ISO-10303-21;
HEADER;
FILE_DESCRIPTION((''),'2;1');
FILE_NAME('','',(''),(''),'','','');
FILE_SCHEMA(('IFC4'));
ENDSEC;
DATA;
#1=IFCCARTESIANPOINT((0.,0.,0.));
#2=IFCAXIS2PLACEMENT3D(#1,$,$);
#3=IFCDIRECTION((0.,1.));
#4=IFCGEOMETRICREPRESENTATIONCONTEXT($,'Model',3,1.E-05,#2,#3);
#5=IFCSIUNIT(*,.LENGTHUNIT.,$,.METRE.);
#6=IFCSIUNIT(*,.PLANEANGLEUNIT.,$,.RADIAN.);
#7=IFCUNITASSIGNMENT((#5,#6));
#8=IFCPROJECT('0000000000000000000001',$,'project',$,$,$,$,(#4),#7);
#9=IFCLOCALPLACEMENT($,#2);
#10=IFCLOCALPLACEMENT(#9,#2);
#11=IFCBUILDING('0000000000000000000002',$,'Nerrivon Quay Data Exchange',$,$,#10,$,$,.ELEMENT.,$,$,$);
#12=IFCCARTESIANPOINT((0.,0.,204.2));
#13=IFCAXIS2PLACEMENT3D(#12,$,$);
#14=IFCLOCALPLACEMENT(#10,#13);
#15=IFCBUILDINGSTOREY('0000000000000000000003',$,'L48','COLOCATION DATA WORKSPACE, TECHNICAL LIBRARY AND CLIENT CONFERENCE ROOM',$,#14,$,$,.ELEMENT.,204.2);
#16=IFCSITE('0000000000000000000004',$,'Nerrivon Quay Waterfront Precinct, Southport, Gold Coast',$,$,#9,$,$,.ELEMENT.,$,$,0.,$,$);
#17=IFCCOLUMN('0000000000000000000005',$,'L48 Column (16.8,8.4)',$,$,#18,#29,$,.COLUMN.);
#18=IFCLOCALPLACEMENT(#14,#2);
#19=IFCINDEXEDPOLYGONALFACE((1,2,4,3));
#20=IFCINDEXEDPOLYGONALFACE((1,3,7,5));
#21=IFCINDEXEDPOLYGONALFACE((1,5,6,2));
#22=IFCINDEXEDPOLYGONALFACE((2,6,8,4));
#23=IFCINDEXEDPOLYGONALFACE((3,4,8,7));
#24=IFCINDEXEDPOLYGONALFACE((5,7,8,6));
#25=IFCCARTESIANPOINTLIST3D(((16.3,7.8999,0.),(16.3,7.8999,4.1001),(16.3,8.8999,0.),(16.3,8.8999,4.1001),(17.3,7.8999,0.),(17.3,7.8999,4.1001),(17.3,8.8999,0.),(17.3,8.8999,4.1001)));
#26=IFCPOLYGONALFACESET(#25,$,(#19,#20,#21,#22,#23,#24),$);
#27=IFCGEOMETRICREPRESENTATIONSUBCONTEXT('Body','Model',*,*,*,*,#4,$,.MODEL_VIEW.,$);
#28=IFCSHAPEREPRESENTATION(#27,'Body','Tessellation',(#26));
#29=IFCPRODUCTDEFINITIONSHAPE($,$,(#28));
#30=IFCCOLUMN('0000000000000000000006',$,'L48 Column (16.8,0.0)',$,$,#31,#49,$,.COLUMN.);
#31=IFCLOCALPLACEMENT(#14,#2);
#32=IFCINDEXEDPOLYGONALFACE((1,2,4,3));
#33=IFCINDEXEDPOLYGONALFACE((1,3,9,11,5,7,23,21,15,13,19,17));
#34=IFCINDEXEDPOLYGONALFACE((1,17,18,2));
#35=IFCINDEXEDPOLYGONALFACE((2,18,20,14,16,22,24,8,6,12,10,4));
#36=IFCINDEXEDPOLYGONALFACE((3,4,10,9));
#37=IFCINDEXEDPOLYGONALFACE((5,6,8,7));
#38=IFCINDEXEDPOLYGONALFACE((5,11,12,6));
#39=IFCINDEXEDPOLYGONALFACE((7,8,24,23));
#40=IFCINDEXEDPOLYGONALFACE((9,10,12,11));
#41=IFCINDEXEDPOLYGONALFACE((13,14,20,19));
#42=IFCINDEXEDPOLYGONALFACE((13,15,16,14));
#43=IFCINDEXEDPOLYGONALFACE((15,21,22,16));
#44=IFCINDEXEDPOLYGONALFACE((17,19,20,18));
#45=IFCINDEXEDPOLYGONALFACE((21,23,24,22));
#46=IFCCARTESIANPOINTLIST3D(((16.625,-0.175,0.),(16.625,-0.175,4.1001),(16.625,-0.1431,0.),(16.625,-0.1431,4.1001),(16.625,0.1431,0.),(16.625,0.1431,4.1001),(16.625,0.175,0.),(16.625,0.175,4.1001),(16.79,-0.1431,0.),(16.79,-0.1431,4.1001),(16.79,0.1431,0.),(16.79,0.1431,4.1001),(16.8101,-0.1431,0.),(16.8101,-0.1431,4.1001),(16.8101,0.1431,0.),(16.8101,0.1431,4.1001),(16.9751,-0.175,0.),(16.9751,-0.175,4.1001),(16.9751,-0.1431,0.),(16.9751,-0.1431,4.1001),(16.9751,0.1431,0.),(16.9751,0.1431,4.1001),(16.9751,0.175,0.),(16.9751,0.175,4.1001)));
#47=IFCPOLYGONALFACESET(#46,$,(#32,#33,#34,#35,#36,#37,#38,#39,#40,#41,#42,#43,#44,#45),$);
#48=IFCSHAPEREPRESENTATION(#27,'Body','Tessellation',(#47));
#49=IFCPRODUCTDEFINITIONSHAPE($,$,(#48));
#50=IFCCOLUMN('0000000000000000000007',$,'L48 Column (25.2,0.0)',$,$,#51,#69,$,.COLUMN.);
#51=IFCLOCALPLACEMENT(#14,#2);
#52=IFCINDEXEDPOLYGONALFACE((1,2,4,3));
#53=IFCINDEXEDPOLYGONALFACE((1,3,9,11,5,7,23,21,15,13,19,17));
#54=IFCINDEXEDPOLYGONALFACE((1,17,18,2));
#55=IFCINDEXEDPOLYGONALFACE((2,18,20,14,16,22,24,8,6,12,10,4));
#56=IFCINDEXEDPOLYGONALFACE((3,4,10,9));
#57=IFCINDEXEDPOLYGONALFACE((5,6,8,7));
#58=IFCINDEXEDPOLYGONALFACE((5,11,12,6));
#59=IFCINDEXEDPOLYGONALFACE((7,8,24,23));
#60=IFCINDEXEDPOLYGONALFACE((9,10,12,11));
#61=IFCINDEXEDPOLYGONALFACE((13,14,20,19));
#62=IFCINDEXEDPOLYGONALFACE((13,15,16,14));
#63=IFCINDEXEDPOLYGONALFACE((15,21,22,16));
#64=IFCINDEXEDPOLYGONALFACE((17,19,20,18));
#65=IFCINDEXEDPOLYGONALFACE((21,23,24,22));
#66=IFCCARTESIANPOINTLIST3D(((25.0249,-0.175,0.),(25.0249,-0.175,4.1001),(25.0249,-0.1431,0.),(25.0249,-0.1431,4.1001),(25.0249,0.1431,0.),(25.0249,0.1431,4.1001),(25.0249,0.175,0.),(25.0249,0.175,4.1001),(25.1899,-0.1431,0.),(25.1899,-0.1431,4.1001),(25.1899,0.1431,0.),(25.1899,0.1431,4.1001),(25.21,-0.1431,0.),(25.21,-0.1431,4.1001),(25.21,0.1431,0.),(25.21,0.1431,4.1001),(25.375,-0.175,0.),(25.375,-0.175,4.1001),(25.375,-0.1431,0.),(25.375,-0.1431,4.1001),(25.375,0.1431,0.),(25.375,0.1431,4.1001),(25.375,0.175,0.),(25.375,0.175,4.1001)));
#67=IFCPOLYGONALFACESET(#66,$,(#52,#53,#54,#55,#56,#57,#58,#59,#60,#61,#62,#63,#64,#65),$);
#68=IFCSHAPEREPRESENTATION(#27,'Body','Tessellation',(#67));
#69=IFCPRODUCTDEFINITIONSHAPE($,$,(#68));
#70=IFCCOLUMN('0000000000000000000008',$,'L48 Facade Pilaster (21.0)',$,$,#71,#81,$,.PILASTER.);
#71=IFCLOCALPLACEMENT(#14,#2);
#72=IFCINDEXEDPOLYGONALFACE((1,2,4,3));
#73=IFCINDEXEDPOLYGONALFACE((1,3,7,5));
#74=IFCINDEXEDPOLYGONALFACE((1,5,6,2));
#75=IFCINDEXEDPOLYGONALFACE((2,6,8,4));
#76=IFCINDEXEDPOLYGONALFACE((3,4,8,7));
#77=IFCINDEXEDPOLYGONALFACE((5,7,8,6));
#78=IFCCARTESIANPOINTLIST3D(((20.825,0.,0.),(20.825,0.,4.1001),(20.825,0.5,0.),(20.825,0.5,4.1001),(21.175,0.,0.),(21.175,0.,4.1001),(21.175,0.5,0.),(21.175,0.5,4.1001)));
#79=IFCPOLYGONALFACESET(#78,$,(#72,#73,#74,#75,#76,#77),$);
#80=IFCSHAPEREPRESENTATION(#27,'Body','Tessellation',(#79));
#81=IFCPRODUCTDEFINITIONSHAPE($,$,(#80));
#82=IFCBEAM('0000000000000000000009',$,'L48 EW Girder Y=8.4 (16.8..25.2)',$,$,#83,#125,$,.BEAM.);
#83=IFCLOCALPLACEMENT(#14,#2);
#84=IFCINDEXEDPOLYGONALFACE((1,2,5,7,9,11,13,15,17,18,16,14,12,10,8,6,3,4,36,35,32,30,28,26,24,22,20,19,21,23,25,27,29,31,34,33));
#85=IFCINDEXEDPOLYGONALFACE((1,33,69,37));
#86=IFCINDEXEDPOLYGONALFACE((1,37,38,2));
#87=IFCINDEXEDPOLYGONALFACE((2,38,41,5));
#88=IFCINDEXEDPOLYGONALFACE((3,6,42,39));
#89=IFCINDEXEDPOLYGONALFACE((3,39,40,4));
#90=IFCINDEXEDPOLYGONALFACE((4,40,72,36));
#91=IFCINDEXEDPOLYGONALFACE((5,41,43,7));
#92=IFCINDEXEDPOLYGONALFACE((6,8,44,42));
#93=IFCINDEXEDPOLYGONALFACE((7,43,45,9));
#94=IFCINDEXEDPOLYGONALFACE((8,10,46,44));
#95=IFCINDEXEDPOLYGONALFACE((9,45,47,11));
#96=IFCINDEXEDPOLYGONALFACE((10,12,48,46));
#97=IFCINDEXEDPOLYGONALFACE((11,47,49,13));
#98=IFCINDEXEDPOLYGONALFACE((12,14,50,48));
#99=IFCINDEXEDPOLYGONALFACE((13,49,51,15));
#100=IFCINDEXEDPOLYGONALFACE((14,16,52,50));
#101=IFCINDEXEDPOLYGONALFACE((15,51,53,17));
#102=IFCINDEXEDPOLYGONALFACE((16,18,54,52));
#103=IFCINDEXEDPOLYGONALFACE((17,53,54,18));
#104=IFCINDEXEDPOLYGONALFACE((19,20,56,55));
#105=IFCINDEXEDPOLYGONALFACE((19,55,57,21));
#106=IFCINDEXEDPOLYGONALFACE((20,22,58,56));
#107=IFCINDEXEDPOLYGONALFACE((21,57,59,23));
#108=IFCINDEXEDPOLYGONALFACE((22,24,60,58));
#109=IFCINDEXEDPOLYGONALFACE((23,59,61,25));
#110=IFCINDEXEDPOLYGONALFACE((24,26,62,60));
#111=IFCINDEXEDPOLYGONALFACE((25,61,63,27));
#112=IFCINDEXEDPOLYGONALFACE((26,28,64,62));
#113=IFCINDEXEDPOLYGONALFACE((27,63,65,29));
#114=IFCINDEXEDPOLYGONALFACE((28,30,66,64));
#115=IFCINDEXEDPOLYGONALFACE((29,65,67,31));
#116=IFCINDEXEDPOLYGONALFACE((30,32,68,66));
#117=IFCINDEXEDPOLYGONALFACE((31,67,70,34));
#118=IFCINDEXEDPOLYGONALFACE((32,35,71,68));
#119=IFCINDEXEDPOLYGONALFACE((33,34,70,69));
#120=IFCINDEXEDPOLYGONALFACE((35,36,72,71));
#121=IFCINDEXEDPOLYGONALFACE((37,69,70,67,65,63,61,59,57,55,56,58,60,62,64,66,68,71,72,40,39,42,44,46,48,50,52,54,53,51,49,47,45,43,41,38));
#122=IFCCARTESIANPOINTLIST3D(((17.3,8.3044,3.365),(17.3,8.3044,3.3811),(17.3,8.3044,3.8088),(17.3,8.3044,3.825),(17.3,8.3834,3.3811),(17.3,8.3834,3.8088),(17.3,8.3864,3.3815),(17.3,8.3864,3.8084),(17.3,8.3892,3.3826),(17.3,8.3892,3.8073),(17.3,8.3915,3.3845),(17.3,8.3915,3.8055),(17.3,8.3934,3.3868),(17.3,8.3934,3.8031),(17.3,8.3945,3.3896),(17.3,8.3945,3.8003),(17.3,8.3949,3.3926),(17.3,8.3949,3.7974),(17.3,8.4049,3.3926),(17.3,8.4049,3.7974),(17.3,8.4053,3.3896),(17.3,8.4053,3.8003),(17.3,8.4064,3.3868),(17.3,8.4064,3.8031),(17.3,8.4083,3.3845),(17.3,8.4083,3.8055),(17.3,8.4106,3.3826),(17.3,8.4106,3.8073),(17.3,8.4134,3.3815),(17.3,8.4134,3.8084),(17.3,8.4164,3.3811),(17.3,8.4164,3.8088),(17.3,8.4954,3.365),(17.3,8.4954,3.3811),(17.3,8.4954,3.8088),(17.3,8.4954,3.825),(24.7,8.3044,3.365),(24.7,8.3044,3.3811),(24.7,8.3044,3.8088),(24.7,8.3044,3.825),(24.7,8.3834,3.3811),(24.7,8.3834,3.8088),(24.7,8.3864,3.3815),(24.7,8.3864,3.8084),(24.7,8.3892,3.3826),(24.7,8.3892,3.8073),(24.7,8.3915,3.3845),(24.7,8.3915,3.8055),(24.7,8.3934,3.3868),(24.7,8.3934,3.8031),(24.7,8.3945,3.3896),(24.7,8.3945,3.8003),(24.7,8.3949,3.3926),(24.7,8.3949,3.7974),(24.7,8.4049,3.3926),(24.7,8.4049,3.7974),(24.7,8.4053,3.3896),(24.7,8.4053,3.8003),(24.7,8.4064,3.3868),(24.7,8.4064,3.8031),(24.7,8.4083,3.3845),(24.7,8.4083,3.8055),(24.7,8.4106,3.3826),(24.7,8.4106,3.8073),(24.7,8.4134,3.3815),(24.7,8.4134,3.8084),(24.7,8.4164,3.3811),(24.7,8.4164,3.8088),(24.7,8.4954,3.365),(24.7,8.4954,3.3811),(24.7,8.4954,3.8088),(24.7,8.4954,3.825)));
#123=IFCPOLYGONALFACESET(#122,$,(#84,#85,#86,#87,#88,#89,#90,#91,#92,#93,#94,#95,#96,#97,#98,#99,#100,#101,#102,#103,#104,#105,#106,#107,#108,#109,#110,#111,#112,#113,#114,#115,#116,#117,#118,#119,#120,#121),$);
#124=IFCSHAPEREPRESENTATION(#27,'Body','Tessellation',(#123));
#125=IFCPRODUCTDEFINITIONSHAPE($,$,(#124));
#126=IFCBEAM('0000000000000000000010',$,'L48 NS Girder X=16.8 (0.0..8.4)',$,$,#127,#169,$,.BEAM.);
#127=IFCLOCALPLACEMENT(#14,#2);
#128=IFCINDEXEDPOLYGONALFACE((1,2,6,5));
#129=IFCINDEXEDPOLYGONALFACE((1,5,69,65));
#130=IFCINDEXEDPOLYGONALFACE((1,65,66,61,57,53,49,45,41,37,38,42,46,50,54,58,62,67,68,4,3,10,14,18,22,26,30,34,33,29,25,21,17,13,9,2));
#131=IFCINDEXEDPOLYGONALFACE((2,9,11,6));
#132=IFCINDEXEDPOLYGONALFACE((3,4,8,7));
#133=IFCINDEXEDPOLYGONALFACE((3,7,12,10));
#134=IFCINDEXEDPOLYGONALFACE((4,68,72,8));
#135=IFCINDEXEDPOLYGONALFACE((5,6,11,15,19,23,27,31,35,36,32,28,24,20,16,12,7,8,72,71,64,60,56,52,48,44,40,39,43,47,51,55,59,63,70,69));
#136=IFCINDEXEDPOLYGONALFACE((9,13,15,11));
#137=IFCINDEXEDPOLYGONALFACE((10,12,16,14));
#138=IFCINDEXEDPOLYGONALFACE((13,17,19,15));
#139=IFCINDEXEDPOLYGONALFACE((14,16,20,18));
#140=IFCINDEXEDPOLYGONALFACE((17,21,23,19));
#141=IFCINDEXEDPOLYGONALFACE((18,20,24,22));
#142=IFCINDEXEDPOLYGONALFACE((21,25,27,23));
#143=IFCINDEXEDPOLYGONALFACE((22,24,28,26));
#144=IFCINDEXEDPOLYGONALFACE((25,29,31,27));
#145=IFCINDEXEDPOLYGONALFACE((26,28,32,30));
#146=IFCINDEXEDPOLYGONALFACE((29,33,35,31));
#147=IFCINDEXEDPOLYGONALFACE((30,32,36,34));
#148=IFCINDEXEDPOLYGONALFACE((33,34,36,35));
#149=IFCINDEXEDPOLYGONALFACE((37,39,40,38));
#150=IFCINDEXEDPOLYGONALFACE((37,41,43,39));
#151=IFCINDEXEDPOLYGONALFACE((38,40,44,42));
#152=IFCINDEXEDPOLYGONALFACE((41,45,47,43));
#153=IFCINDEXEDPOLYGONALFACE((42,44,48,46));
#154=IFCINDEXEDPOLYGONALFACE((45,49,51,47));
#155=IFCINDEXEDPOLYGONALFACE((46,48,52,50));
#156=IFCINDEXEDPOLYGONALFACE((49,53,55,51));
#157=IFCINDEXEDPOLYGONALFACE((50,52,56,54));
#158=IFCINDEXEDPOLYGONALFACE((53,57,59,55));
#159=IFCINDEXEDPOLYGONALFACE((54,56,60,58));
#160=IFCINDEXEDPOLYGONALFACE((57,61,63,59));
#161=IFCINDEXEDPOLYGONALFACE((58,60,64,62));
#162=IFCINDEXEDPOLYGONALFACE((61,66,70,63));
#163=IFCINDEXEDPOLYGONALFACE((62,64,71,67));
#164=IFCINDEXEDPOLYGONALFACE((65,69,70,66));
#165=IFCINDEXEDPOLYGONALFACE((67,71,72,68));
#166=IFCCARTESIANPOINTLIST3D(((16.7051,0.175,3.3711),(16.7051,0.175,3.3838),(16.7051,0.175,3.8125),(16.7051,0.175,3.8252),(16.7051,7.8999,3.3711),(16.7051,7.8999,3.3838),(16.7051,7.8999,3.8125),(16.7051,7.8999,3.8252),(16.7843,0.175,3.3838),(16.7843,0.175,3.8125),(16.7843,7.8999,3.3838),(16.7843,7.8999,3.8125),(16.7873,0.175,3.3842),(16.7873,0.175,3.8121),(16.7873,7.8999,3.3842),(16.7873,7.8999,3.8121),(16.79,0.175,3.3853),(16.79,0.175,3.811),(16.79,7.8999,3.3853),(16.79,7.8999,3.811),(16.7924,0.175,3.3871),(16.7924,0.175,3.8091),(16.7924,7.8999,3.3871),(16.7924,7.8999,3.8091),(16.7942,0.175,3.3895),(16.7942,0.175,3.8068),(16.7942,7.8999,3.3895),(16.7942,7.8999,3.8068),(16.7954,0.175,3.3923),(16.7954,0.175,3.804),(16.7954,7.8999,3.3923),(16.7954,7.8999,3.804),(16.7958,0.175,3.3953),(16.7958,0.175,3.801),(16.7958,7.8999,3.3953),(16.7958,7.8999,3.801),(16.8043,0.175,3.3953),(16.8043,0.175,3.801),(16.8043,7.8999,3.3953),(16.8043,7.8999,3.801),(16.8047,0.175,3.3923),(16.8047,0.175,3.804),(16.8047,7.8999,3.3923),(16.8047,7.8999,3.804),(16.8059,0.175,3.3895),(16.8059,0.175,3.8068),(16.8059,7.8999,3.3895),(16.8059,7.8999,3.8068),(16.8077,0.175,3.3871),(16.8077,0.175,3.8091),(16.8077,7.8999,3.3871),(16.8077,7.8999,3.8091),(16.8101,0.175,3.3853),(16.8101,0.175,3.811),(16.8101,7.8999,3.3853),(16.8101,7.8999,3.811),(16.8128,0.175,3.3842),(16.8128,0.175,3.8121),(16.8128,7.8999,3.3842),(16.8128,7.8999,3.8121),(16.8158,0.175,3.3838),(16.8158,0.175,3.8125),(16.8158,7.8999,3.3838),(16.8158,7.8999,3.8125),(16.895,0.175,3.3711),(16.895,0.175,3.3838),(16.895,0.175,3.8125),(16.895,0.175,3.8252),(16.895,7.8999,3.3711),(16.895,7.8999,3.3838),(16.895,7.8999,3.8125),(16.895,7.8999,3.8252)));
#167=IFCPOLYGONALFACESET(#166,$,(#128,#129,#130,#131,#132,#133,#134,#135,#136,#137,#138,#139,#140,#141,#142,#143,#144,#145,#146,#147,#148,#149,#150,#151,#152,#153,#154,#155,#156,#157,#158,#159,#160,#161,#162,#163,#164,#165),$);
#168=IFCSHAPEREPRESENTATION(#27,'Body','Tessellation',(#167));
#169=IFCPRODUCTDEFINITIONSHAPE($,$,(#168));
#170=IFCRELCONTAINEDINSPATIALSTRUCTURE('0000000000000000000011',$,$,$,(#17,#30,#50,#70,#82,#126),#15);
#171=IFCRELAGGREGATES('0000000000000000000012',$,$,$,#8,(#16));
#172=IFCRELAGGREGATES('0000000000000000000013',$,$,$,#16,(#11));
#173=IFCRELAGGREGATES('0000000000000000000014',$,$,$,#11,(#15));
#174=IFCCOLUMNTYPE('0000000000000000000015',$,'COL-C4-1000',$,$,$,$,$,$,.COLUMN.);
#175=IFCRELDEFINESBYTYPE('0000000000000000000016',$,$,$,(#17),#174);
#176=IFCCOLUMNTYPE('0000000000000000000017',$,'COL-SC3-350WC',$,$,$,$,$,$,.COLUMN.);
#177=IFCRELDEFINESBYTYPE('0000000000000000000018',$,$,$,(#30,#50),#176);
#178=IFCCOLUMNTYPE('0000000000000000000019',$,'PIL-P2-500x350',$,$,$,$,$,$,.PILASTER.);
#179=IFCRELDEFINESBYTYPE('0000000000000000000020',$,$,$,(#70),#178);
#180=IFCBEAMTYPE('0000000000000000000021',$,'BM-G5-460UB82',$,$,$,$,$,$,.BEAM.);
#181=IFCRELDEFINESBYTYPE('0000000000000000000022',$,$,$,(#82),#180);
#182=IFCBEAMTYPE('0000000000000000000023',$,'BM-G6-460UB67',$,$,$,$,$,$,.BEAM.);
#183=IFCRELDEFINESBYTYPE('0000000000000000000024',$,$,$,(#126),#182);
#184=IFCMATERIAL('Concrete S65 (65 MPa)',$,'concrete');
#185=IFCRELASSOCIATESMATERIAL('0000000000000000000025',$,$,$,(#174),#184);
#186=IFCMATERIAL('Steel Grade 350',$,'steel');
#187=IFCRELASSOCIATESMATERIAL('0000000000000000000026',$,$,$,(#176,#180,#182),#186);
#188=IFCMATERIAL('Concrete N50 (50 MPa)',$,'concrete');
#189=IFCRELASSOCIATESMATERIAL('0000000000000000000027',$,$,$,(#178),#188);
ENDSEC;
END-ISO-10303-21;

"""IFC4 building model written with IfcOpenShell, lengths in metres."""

from ifc_helpers import new_model, si_unit, direction, frame, origin, origin_2d, place, context, subcontext, project, spatial, rectangle, i_section, extrude, material, material_profile, profile_set, type_object, element, save


model = new_model("IFC4")

# Units and contexts
model_context = context("Model", 3, precision=1e-05, world=origin(), true_north=direction((0.0, 1.0)))
body_context = subcontext(model_context, "Body", "Model", "MODEL_VIEW")
ifc_project = project(units=[si_unit("LENGTHUNIT", "METRE"), si_unit("PLANEANGLEUNIT", "RADIAN")], contexts=[model_context])

# Site, building, storey
site_placement = place(None, origin())
site = spatial("IfcSite", under=ifc_project, at=site_placement, Name="Nerrivon Quay Waterfront Precinct, Southport, Gold Coast", CompositionType="ELEMENT", RefElevation=0.0)
building_placement = place(site_placement, origin())
building = spatial("IfcBuilding", under=site, at=building_placement, Name="Nerrivon Quay Data Exchange", CompositionType="ELEMENT")
storey_placement = place(building_placement, frame((0.0, 0.0, 204.2)))
storey = spatial("IfcBuildingStorey", under=building, at=storey_placement, Name="L48", Description="COLOCATION DATA WORKSPACE, TECHNICAL LIBRARY AND CLIENT CONFERENCE ROOM", CompositionType="ELEMENT", Elevation=204.2)

# Columns
ifc_material_1 = material(Name="Concrete S65 (65 MPa)", Category="concrete")
ifc_material_profile_1 = material_profile(ifc_material_1, rectangle(XDim=1.0, YDim=1.0, at=origin_2d()), Name="RC-COL-1000x1000")
ifc_profile_set_1 = profile_set([ifc_material_profile_1], Name="Concrete S65 (65 MPa)")
column_type_1 = type_object("IfcColumnType", Name="COL-C4-1000", PredefinedType="COLUMN", material=ifc_profile_set_1)
column_1_placement = place(storey_placement, frame((16.8, 8.3999, 0.0), z_axis=(0.0, 0.0, 1.0), x_axis=(1.0, 0.0, 0.0)))
element("IfcColumn", 1, at=column_1_placement, inside=storey, type_object=column_type_1, Name="L48 Column (16.8,8.4)", PredefinedType="COLUMN", context=body_context, shape_type="SweptSolid", body=[
    extrude(rectangle(XDim=1.0, YDim=1.0, at=origin_2d()), origin(), (0.0, 0.0, 1.0), 4.1001),
])
ifc_material_2 = material(Name="Steel Grade 350", Category="steel")
ifc_material_profile_2 = material_profile(ifc_material_2, i_section(OverallWidth=0.3501, OverallDepth=0.3501, WebThickness=0.02, FlangeThickness=0.032, at=origin_2d()), Name="350WC230")
ifc_profile_set_2 = profile_set([ifc_material_profile_2], Name="Steel Grade 350")
column_type_2 = type_object("IfcColumnType", Name="COL-SC3-350WC", PredefinedType="COLUMN", material=ifc_profile_set_2)
for number, where, z_axis, x_axis, name in (
    (2, (16.8, 0.0, 0.0), (0.0, 0.0, 1.0), (1.0, 0.0, 0.0), "L48 Column (16.8,0.0)"),
    (3, (25.2, 0.0, 0.0), (0.0, 0.0, 1.0), (1.0, 0.0, 0.0), "L48 Column (25.2,0.0)"),
):
    element("IfcColumn", number, at=place(storey_placement, frame(where, z_axis=z_axis, x_axis=x_axis)), inside=storey, type_object=column_type_2, Name=name, PredefinedType="COLUMN", context=body_context, shape_type="SweptSolid", body=[
        extrude(i_section(OverallWidth=0.3501, OverallDepth=0.3501, WebThickness=0.02, FlangeThickness=0.032, at=origin_2d()), origin(), (0.0, 0.0, 1.0), 4.1001),
    ])
ifc_material_3 = material(Name="Concrete N50 (50 MPa)", Category="concrete")
ifc_material_profile_3 = material_profile(ifc_material_3, rectangle(XDim=0.3501, YDim=0.5, at=origin_2d()), Name="RC-PIL-500x350")
ifc_profile_set_3 = profile_set([ifc_material_profile_3], Name="Concrete N50 (50 MPa)")
column_type_3 = type_object("IfcColumnType", Name="PIL-P2-500x350", PredefinedType="PILASTER", material=ifc_profile_set_3)
column_2_placement = place(storey_placement, frame((21.0, 0.25, 0.0), z_axis=(0.0, 0.0, 1.0), x_axis=(1.0, 0.0, 0.0)))
element("IfcColumn", 4, at=column_2_placement, inside=storey, type_object=column_type_3, Name="L48 Facade Pilaster (21.0)", PredefinedType="PILASTER", context=body_context, shape_type="SweptSolid", body=[
    extrude(rectangle(XDim=0.3501, YDim=0.5, at=origin_2d()), origin(), (0.0, 0.0, 1.0), 4.1001),
])

# Beams
ifc_material_profile_4 = material_profile(ifc_material_2, i_section(OverallWidth=0.1909, OverallDepth=0.46, WebThickness=0.01, FlangeThickness=0.0161, FilletRadius=0.0115, at=origin_2d()), Name="460UB82.1")
ifc_profile_set_4 = profile_set([ifc_material_profile_4], Name="Steel Grade 350")
beam_type_1 = type_object("IfcBeamType", Name="BM-G5-460UB82", PredefinedType="BEAM", material=ifc_profile_set_4)
beam_1_placement = place(storey_placement, frame((17.3, 8.3999, 3.595), z_axis=(1.0, 0.0, 0.0), x_axis=(0.0, 1.0, 0.0)))
element("IfcBeam", 5, at=beam_1_placement, inside=storey, type_object=beam_type_1, Name="L48 EW Girder Y=8.4 (16.8..25.2)", PredefinedType="BEAM", context=body_context, shape_type="SweptSolid", body=[
    extrude(i_section(OverallWidth=0.1909, OverallDepth=0.46, WebThickness=0.01, FlangeThickness=0.0161, FilletRadius=0.0115, at=origin_2d()), origin(), (0.0, 0.0, 1.0), 7.3999),
])
ifc_material_profile_5 = material_profile(ifc_material_2, i_section(OverallWidth=0.1899, OverallDepth=0.4541, WebThickness=0.0085, FlangeThickness=0.0127, FilletRadius=0.0115, at=origin_2d()), Name="460UB67.1")
ifc_profile_set_5 = profile_set([ifc_material_profile_5], Name="Steel Grade 350")
beam_type_2 = type_object("IfcBeamType", Name="BM-G6-460UB67", PredefinedType="BEAM", material=ifc_profile_set_5)
beam_2_placement = place(storey_placement, frame((16.8, 0.175, 3.5981), z_axis=(0.0, 1.0, 0.0), x_axis=(-1.0, 0.0, 0.0)))
element("IfcBeam", 6, at=beam_2_placement, inside=storey, type_object=beam_type_2, Name="L48 NS Girder X=16.8 (0.0..8.4)", PredefinedType="BEAM", context=body_context, shape_type="SweptSolid", body=[
    extrude(i_section(OverallWidth=0.1899, OverallDepth=0.4541, WebThickness=0.0085, FlangeThickness=0.0127, FilletRadius=0.0115, at=origin_2d()), origin(), (0.0, 0.0, 1.0), 7.7249),
])

save(model, "model.ifc")
